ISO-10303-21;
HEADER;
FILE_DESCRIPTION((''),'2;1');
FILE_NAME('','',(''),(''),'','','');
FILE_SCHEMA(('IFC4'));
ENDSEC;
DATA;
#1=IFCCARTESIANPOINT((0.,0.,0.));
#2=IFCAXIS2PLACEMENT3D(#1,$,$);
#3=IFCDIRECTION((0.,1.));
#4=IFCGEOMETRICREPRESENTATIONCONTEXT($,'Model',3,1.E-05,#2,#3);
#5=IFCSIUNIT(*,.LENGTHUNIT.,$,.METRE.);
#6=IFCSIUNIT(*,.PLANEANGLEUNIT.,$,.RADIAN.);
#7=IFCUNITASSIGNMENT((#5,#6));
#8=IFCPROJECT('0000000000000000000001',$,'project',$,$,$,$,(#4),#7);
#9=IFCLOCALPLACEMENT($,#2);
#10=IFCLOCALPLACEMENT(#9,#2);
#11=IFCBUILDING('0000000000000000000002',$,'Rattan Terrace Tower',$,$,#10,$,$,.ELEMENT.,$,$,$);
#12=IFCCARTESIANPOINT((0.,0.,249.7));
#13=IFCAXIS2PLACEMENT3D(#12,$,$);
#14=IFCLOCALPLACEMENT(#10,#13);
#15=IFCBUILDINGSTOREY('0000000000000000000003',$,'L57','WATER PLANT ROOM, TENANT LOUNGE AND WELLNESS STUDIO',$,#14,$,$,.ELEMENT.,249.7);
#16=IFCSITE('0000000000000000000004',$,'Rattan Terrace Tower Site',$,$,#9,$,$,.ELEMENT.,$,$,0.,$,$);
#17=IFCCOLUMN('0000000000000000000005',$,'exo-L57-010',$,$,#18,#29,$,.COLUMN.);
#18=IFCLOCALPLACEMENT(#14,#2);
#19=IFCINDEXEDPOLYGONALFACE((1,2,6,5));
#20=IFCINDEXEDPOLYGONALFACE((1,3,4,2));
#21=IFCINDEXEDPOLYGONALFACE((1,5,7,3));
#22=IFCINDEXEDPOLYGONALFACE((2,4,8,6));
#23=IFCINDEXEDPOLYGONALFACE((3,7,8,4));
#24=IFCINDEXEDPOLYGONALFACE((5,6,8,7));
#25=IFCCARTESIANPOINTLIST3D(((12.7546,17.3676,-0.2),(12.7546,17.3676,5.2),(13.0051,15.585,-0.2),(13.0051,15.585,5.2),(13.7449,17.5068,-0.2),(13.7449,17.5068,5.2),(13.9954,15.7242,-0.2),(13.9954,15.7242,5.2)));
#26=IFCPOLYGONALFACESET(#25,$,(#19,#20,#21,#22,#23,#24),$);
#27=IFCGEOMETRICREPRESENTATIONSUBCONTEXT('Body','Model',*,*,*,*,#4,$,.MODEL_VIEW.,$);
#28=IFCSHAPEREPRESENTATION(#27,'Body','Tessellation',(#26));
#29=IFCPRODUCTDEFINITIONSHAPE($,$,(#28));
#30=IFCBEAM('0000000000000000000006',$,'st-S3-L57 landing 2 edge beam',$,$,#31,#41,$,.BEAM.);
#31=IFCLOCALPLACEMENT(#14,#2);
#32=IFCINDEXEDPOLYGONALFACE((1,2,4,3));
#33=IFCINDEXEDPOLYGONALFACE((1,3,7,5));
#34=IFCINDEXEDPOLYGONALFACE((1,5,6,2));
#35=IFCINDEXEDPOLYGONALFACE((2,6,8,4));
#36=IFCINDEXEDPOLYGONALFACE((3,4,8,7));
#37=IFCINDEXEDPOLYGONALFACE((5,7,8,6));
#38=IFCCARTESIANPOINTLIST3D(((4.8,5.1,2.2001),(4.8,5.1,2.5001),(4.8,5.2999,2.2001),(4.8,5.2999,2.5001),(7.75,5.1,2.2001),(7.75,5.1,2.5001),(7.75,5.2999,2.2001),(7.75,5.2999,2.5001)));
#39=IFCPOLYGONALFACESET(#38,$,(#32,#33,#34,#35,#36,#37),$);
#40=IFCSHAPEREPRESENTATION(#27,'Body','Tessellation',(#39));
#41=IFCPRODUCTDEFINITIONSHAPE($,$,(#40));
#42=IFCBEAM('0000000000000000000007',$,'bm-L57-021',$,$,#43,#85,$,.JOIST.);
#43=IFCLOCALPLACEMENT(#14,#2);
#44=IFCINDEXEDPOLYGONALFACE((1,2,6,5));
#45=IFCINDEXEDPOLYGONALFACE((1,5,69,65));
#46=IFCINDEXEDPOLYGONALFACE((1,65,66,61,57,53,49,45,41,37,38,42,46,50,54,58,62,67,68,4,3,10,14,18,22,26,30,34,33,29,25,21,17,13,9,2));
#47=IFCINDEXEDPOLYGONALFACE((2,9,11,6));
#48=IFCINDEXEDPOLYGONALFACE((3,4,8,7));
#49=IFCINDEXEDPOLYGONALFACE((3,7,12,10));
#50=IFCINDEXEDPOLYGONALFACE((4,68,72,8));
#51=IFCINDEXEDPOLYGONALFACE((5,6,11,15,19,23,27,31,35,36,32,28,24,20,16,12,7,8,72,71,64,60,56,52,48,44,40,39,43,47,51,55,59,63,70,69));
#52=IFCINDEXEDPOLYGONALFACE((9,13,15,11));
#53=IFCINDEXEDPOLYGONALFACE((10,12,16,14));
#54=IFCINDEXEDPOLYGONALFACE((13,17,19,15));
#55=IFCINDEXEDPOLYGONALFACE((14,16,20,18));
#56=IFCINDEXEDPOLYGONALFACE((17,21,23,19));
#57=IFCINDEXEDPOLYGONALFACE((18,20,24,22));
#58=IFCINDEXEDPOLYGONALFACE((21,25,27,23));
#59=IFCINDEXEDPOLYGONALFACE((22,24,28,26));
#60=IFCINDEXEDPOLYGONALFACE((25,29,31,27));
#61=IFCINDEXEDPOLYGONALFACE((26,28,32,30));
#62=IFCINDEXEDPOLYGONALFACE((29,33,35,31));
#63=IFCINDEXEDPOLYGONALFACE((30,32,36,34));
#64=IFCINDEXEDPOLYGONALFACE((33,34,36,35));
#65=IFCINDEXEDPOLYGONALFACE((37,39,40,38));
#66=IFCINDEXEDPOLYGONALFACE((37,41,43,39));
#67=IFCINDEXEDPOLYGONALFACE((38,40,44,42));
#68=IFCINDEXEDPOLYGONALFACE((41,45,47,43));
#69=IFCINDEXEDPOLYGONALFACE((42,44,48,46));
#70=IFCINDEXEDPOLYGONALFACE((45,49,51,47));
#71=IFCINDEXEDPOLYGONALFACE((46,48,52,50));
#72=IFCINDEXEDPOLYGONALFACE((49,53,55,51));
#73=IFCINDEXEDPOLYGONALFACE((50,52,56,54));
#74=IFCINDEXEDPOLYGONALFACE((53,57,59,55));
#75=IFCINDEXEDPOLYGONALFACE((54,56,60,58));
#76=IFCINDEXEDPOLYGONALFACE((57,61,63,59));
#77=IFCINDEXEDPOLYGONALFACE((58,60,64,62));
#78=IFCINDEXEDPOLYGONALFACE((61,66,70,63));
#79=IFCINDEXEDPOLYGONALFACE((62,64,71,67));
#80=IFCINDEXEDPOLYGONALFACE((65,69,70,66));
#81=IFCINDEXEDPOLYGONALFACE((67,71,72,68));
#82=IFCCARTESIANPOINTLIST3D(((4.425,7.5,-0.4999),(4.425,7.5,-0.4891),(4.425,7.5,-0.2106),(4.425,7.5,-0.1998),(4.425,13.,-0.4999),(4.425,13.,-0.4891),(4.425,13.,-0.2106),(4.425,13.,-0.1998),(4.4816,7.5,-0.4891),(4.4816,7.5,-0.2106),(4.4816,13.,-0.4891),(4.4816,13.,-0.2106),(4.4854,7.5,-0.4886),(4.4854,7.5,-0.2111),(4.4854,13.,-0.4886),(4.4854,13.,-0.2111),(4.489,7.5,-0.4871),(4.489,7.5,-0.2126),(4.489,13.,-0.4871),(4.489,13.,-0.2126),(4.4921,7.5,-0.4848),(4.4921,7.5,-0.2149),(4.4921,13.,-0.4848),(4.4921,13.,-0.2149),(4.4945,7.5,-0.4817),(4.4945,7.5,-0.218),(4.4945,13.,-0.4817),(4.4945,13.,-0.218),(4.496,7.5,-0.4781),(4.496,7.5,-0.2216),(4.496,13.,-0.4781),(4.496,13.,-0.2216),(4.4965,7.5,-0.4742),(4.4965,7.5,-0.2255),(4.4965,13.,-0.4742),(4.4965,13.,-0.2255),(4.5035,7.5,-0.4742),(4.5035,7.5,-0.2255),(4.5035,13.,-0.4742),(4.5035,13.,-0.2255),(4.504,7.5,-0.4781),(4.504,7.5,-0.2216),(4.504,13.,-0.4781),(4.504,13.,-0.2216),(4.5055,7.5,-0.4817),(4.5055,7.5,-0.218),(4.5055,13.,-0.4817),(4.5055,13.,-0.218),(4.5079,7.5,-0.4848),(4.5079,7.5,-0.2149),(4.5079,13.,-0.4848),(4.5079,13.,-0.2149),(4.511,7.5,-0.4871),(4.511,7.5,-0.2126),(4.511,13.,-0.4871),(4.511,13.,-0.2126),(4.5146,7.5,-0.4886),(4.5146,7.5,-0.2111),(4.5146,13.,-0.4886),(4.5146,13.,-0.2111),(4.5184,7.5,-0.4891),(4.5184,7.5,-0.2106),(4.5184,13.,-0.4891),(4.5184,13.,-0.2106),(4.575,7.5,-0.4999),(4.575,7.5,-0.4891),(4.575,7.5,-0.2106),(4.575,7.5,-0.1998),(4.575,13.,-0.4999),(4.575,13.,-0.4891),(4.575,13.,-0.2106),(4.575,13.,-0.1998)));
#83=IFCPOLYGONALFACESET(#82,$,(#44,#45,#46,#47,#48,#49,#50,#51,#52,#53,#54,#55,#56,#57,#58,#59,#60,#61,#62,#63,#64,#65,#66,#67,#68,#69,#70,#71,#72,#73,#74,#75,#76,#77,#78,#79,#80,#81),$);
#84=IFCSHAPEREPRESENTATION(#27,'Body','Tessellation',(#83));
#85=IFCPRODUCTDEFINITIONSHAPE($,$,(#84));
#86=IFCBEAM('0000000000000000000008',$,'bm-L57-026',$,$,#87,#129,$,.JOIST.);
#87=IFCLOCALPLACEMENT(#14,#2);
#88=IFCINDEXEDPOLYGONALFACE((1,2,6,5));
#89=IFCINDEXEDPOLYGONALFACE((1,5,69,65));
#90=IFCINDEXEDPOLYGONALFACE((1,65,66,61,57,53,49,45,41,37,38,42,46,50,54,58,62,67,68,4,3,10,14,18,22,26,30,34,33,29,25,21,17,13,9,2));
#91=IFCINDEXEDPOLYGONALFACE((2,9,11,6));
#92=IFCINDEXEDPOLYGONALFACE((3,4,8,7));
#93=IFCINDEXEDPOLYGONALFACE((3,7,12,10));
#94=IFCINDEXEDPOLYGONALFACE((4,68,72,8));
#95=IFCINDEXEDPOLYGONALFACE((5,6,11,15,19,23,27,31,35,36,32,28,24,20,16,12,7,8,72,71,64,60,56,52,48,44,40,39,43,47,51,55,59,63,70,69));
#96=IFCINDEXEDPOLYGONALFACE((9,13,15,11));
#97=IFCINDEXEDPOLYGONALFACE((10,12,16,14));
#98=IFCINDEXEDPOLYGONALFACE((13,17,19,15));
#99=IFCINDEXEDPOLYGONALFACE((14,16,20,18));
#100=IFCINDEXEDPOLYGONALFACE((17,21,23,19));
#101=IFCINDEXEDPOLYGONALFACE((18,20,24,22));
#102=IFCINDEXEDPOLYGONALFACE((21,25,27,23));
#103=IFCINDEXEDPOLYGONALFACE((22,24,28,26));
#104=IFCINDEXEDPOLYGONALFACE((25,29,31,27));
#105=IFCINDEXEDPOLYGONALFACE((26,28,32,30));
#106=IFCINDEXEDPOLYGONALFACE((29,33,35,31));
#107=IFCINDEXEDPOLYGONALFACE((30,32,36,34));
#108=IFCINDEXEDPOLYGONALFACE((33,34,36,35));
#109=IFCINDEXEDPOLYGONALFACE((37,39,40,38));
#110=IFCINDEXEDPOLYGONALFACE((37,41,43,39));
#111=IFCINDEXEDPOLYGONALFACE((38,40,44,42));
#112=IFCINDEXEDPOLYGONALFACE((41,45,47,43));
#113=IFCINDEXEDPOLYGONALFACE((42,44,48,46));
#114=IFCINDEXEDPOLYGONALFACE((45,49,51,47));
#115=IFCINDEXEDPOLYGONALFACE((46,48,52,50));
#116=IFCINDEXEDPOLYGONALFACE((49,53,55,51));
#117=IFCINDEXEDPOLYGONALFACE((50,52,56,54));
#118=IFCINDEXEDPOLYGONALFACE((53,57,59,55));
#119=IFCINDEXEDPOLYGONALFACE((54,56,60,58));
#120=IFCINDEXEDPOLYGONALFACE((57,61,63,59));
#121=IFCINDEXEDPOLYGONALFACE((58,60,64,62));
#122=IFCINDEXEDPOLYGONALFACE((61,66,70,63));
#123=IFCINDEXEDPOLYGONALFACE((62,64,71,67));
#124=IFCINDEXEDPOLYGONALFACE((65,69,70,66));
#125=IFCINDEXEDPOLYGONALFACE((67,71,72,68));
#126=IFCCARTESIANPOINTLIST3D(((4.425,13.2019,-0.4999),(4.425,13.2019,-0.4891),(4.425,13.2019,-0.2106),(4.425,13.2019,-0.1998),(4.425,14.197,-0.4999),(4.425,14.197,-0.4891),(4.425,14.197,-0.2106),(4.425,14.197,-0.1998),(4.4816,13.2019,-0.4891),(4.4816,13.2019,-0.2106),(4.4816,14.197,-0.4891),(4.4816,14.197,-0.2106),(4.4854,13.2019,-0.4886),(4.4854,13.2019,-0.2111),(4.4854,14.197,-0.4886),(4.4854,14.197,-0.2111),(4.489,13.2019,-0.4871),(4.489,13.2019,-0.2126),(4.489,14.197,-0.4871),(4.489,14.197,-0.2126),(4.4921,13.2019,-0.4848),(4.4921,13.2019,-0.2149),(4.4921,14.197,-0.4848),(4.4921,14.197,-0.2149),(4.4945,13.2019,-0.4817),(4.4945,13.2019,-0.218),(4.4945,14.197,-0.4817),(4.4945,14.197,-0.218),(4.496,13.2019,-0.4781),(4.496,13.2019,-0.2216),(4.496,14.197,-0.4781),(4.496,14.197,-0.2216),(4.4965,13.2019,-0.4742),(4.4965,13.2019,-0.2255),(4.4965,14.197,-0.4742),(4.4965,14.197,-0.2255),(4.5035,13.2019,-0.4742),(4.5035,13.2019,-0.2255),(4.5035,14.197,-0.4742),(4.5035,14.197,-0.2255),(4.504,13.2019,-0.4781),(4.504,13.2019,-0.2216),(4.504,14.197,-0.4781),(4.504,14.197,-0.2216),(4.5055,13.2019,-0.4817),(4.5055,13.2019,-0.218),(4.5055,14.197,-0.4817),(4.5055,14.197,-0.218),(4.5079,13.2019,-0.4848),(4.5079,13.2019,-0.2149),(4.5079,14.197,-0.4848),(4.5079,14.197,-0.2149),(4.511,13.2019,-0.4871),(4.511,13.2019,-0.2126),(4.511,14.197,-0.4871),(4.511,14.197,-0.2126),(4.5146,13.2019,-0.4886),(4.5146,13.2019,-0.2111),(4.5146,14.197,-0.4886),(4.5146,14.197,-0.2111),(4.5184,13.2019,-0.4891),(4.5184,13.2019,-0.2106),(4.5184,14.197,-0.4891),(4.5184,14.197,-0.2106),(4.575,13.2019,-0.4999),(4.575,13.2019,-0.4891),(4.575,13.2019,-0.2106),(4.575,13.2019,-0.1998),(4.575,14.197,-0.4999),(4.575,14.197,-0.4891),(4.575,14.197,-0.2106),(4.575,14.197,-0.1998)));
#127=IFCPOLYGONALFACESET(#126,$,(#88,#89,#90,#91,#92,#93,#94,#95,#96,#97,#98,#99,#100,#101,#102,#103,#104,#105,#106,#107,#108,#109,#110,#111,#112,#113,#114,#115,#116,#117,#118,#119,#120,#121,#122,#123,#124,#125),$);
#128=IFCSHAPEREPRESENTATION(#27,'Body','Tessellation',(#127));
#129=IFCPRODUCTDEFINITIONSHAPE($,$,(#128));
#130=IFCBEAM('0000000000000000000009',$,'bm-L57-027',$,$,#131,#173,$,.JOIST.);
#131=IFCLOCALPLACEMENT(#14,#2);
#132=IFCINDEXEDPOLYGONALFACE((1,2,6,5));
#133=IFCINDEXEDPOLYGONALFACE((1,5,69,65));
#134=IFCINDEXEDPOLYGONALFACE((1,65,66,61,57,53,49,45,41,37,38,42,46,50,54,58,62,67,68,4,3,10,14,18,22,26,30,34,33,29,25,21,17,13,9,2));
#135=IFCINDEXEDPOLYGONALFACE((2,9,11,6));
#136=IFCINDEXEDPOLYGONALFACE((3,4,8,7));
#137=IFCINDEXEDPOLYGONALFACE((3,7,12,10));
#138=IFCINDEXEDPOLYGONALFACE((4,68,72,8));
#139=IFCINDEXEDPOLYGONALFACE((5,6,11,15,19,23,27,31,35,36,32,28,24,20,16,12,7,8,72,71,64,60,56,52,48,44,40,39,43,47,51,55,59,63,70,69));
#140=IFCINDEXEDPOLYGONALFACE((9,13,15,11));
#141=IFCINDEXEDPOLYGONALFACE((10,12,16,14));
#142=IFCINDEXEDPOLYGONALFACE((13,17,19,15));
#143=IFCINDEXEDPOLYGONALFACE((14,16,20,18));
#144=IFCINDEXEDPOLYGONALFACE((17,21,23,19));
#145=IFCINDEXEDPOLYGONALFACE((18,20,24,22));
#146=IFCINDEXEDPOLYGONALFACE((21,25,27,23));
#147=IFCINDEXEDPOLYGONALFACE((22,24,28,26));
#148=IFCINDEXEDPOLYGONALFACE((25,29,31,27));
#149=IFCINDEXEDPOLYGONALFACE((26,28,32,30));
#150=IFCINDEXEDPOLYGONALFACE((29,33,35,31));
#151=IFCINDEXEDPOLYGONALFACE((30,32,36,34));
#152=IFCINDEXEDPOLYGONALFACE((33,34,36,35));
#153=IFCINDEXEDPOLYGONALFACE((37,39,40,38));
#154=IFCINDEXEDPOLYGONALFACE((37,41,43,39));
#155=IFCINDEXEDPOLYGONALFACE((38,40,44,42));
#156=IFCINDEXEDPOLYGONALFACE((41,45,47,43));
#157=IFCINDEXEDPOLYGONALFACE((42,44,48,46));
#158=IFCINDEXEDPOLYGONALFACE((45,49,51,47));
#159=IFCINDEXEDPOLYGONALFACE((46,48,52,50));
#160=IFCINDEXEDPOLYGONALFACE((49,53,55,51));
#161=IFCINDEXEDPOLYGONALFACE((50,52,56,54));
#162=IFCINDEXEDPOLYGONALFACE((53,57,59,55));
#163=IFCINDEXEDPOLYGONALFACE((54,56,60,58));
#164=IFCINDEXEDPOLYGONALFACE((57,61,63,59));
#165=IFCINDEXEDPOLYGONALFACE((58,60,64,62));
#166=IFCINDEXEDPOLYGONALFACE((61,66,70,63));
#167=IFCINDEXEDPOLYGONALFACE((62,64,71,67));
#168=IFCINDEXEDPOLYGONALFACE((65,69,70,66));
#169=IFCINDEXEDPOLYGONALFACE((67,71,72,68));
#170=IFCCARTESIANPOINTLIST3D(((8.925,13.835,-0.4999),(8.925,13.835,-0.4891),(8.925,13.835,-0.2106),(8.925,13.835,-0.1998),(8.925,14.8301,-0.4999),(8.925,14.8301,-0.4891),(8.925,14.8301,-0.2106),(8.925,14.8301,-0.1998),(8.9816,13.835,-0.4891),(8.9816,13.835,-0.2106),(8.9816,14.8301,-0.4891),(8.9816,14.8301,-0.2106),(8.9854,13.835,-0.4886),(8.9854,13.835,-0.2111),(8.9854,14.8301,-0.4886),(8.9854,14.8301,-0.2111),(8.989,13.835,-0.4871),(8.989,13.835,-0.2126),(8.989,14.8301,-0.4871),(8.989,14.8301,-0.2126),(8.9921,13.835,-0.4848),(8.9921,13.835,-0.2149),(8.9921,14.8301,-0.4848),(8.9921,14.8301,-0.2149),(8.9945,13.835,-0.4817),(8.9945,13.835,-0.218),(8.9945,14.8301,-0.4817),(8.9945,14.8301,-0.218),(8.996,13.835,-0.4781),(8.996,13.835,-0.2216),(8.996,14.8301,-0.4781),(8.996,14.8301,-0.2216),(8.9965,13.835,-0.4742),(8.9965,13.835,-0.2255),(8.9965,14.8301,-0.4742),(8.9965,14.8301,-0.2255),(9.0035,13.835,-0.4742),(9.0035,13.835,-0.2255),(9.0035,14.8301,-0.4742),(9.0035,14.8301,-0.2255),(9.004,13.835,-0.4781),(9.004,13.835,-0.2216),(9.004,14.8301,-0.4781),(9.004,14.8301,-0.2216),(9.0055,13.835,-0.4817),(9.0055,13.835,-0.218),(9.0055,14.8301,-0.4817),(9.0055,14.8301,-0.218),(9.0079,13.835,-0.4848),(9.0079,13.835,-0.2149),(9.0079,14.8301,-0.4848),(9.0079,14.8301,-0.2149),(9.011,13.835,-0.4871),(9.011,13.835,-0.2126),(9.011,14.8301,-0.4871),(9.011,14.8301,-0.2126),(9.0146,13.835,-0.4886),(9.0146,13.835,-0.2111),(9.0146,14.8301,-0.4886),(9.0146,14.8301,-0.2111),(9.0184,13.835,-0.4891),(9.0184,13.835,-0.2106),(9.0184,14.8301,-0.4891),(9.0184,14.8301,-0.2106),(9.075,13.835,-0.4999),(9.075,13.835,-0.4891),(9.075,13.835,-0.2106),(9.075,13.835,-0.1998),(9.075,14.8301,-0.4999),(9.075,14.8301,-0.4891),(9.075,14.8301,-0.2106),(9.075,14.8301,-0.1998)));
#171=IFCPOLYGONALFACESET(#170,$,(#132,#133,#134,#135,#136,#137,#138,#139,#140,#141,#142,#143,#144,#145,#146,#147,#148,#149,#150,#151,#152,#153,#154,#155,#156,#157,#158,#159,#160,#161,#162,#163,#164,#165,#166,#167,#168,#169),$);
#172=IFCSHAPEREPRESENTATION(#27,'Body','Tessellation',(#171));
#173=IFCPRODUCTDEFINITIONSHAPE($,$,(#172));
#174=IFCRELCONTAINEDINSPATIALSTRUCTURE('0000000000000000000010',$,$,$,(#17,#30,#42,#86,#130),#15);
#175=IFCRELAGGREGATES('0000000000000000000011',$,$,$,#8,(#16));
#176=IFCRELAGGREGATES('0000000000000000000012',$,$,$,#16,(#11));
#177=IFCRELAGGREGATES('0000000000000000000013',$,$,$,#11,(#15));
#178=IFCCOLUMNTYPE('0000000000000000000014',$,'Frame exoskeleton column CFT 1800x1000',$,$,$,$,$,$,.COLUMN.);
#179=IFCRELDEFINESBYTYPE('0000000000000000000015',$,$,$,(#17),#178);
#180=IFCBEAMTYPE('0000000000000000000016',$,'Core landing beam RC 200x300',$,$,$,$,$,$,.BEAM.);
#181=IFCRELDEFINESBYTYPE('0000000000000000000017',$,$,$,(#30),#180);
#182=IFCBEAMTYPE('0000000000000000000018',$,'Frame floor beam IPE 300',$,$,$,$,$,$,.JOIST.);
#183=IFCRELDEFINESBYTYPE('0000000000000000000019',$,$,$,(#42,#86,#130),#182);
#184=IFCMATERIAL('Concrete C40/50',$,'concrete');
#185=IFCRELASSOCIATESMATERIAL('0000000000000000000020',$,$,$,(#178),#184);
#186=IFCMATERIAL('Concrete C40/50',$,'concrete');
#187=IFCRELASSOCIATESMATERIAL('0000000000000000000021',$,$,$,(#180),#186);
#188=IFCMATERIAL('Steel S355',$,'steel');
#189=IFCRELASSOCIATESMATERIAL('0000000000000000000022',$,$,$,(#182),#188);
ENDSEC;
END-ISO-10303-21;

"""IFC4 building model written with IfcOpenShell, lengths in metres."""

from ifc_helpers import new_model, si_unit, direction, frame, origin, origin_2d, place, context, subcontext, project, spatial, rectangle, i_section, extrude, material, material_profile, profile_set, type_object, element, save


model = new_model("IFC4")

# Units and contexts
model_context = context("Model", 3, precision=1e-05, world=origin(), true_north=direction((0.0, 1.0)))
body_context = subcontext(model_context, "Body", "Model", "MODEL_VIEW")
ifc_project = project(units=[si_unit("LENGTHUNIT", "METRE"), si_unit("PLANEANGLEUNIT", "RADIAN")], contexts=[model_context])

# Site, building, storey
site_placement = place(None, origin())
site = spatial("IfcSite", under=ifc_project, at=site_placement, Name="Rattan Terrace Tower Site", CompositionType="ELEMENT", RefElevation=0.0)
building_placement = place(site_placement, origin())
building = spatial("IfcBuilding", under=site, at=building_placement, Name="Rattan Terrace Tower", CompositionType="ELEMENT")
storey_placement = place(building_placement, frame((0.0, 0.0, 249.7)))
storey = spatial("IfcBuildingStorey", under=building, at=storey_placement, Name="L57", Description="WATER PLANT ROOM, TENANT LOUNGE AND WELLNESS STUDIO", CompositionType="ELEMENT", Elevation=249.7)

# Column
ifc_material_1 = material(Name="Concrete C40/50", Category="concrete")
ifc_material_profile_1 = material_profile(ifc_material_1, rectangle(XDim=1.0, YDim=1.8, at=origin_2d()), Name="CFT 1800x1000")
ifc_profile_set_1 = profile_set([ifc_material_profile_1], Name="Concrete C40/50")
column_type = type_object("IfcColumnType", Name="Frame exoskeleton column CFT 1800x1000", PredefinedType="COLUMN", material=ifc_profile_set_1)
column_placement = place(storey_placement, frame((13.375, 16.5459, -0.2), z_axis=(0.0, 0.0, 1.0), x_axis=(0.990266, 0.13919, 0.0)))
element("IfcColumn", 1, at=column_placement, inside=storey, type_object=column_type, Name="exo-L57-010", PredefinedType="COLUMN", context=body_context, shape_type="SweptSolid", body=[
    extrude(rectangle(XDim=1.0, YDim=1.8, at=origin_2d()), origin(), (0.0, 0.0, 1.0), 5.3999),
])

# Beams
ifc_material_2 = material(Name="Concrete C40/50", Category="concrete")
ifc_material_profile_2 = material_profile(ifc_material_2, rectangle(XDim=0.2, YDim=0.3, at=origin_2d()), Name="RC 200x300")
ifc_profile_set_2 = profile_set([ifc_material_profile_2], Name="Concrete C40/50")
beam_type_1 = type_object("IfcBeamType", Name="Core landing beam RC 200x300", PredefinedType="BEAM", material=ifc_profile_set_2)
beam_1_placement = place(storey_placement, frame((4.8, 5.2, 2.3501), z_axis=(1.0, 0.0, 0.0), x_axis=(0.0, 1.0, 0.0)))
element("IfcBeam", 2, at=beam_1_placement, inside=storey, type_object=beam_type_1, Name="st-S3-L57 landing 2 edge beam", PredefinedType="BEAM", context=body_context, shape_type="SweptSolid", body=[
    extrude(rectangle(XDim=0.2, YDim=0.3, at=origin_2d()), origin(), (0.0, 0.0, 1.0), 2.95),
])
ifc_material_3 = material(Name="Steel S355", Category="steel")
ifc_material_profile_3 = material_profile(ifc_material_3, i_section(OverallWidth=0.1499, OverallDepth=0.3, WebThickness=0.0071, FlangeThickness=0.0107, FilletRadius=0.0149, at=origin_2d()), Name="IPE 300")
ifc_profile_set_3 = profile_set([ifc_material_profile_3], Name="Steel S355")
beam_type_2 = type_object("IfcBeamType", Name="Frame floor beam IPE 300", PredefinedType="JOIST", material=ifc_profile_set_3)
beam_2_placement = place(storey_placement, frame((4.5, 7.5, -0.3499), z_axis=(0.0, 1.0, 0.0), x_axis=(-1.0, 0.0, 0.0)))
element("IfcBeam", 3, at=beam_2_placement, inside=storey, type_object=beam_type_2, Name="bm-L57-021", PredefinedType="JOIST", context=body_context, shape_type="SweptSolid", body=[
    extrude(i_section(OverallWidth=0.1499, OverallDepth=0.3, WebThickness=0.0071, FlangeThickness=0.0107, FilletRadius=0.0149, at=origin_2d()), origin(), (0.0, 0.0, 1.0), 5.5),
])
for number, where, z_axis, x_axis, name in (
    (4, (4.5, 13.2019, -0.3499), (0.0, 1.0, 0.0), (-1.0, 0.0, 0.0), "bm-L57-026"),
    (5, (9.0, 13.835, -0.3499), (0.0, 1.0, 0.0), (-1.0, 0.0, 0.0), "bm-L57-027"),
):
    element("IfcBeam", number, at=place(storey_placement, frame(where, z_axis=z_axis, x_axis=x_axis)), inside=storey, type_object=beam_type_2, Name=name, PredefinedType="JOIST", context=body_context, shape_type="SweptSolid", body=[
        extrude(i_section(OverallWidth=0.1499, OverallDepth=0.3, WebThickness=0.0071, FlangeThickness=0.0107, FilletRadius=0.0149, at=origin_2d()), origin(), (0.0, 0.0, 1.0), 0.9951),
    ])

save(model, "model.ifc")
